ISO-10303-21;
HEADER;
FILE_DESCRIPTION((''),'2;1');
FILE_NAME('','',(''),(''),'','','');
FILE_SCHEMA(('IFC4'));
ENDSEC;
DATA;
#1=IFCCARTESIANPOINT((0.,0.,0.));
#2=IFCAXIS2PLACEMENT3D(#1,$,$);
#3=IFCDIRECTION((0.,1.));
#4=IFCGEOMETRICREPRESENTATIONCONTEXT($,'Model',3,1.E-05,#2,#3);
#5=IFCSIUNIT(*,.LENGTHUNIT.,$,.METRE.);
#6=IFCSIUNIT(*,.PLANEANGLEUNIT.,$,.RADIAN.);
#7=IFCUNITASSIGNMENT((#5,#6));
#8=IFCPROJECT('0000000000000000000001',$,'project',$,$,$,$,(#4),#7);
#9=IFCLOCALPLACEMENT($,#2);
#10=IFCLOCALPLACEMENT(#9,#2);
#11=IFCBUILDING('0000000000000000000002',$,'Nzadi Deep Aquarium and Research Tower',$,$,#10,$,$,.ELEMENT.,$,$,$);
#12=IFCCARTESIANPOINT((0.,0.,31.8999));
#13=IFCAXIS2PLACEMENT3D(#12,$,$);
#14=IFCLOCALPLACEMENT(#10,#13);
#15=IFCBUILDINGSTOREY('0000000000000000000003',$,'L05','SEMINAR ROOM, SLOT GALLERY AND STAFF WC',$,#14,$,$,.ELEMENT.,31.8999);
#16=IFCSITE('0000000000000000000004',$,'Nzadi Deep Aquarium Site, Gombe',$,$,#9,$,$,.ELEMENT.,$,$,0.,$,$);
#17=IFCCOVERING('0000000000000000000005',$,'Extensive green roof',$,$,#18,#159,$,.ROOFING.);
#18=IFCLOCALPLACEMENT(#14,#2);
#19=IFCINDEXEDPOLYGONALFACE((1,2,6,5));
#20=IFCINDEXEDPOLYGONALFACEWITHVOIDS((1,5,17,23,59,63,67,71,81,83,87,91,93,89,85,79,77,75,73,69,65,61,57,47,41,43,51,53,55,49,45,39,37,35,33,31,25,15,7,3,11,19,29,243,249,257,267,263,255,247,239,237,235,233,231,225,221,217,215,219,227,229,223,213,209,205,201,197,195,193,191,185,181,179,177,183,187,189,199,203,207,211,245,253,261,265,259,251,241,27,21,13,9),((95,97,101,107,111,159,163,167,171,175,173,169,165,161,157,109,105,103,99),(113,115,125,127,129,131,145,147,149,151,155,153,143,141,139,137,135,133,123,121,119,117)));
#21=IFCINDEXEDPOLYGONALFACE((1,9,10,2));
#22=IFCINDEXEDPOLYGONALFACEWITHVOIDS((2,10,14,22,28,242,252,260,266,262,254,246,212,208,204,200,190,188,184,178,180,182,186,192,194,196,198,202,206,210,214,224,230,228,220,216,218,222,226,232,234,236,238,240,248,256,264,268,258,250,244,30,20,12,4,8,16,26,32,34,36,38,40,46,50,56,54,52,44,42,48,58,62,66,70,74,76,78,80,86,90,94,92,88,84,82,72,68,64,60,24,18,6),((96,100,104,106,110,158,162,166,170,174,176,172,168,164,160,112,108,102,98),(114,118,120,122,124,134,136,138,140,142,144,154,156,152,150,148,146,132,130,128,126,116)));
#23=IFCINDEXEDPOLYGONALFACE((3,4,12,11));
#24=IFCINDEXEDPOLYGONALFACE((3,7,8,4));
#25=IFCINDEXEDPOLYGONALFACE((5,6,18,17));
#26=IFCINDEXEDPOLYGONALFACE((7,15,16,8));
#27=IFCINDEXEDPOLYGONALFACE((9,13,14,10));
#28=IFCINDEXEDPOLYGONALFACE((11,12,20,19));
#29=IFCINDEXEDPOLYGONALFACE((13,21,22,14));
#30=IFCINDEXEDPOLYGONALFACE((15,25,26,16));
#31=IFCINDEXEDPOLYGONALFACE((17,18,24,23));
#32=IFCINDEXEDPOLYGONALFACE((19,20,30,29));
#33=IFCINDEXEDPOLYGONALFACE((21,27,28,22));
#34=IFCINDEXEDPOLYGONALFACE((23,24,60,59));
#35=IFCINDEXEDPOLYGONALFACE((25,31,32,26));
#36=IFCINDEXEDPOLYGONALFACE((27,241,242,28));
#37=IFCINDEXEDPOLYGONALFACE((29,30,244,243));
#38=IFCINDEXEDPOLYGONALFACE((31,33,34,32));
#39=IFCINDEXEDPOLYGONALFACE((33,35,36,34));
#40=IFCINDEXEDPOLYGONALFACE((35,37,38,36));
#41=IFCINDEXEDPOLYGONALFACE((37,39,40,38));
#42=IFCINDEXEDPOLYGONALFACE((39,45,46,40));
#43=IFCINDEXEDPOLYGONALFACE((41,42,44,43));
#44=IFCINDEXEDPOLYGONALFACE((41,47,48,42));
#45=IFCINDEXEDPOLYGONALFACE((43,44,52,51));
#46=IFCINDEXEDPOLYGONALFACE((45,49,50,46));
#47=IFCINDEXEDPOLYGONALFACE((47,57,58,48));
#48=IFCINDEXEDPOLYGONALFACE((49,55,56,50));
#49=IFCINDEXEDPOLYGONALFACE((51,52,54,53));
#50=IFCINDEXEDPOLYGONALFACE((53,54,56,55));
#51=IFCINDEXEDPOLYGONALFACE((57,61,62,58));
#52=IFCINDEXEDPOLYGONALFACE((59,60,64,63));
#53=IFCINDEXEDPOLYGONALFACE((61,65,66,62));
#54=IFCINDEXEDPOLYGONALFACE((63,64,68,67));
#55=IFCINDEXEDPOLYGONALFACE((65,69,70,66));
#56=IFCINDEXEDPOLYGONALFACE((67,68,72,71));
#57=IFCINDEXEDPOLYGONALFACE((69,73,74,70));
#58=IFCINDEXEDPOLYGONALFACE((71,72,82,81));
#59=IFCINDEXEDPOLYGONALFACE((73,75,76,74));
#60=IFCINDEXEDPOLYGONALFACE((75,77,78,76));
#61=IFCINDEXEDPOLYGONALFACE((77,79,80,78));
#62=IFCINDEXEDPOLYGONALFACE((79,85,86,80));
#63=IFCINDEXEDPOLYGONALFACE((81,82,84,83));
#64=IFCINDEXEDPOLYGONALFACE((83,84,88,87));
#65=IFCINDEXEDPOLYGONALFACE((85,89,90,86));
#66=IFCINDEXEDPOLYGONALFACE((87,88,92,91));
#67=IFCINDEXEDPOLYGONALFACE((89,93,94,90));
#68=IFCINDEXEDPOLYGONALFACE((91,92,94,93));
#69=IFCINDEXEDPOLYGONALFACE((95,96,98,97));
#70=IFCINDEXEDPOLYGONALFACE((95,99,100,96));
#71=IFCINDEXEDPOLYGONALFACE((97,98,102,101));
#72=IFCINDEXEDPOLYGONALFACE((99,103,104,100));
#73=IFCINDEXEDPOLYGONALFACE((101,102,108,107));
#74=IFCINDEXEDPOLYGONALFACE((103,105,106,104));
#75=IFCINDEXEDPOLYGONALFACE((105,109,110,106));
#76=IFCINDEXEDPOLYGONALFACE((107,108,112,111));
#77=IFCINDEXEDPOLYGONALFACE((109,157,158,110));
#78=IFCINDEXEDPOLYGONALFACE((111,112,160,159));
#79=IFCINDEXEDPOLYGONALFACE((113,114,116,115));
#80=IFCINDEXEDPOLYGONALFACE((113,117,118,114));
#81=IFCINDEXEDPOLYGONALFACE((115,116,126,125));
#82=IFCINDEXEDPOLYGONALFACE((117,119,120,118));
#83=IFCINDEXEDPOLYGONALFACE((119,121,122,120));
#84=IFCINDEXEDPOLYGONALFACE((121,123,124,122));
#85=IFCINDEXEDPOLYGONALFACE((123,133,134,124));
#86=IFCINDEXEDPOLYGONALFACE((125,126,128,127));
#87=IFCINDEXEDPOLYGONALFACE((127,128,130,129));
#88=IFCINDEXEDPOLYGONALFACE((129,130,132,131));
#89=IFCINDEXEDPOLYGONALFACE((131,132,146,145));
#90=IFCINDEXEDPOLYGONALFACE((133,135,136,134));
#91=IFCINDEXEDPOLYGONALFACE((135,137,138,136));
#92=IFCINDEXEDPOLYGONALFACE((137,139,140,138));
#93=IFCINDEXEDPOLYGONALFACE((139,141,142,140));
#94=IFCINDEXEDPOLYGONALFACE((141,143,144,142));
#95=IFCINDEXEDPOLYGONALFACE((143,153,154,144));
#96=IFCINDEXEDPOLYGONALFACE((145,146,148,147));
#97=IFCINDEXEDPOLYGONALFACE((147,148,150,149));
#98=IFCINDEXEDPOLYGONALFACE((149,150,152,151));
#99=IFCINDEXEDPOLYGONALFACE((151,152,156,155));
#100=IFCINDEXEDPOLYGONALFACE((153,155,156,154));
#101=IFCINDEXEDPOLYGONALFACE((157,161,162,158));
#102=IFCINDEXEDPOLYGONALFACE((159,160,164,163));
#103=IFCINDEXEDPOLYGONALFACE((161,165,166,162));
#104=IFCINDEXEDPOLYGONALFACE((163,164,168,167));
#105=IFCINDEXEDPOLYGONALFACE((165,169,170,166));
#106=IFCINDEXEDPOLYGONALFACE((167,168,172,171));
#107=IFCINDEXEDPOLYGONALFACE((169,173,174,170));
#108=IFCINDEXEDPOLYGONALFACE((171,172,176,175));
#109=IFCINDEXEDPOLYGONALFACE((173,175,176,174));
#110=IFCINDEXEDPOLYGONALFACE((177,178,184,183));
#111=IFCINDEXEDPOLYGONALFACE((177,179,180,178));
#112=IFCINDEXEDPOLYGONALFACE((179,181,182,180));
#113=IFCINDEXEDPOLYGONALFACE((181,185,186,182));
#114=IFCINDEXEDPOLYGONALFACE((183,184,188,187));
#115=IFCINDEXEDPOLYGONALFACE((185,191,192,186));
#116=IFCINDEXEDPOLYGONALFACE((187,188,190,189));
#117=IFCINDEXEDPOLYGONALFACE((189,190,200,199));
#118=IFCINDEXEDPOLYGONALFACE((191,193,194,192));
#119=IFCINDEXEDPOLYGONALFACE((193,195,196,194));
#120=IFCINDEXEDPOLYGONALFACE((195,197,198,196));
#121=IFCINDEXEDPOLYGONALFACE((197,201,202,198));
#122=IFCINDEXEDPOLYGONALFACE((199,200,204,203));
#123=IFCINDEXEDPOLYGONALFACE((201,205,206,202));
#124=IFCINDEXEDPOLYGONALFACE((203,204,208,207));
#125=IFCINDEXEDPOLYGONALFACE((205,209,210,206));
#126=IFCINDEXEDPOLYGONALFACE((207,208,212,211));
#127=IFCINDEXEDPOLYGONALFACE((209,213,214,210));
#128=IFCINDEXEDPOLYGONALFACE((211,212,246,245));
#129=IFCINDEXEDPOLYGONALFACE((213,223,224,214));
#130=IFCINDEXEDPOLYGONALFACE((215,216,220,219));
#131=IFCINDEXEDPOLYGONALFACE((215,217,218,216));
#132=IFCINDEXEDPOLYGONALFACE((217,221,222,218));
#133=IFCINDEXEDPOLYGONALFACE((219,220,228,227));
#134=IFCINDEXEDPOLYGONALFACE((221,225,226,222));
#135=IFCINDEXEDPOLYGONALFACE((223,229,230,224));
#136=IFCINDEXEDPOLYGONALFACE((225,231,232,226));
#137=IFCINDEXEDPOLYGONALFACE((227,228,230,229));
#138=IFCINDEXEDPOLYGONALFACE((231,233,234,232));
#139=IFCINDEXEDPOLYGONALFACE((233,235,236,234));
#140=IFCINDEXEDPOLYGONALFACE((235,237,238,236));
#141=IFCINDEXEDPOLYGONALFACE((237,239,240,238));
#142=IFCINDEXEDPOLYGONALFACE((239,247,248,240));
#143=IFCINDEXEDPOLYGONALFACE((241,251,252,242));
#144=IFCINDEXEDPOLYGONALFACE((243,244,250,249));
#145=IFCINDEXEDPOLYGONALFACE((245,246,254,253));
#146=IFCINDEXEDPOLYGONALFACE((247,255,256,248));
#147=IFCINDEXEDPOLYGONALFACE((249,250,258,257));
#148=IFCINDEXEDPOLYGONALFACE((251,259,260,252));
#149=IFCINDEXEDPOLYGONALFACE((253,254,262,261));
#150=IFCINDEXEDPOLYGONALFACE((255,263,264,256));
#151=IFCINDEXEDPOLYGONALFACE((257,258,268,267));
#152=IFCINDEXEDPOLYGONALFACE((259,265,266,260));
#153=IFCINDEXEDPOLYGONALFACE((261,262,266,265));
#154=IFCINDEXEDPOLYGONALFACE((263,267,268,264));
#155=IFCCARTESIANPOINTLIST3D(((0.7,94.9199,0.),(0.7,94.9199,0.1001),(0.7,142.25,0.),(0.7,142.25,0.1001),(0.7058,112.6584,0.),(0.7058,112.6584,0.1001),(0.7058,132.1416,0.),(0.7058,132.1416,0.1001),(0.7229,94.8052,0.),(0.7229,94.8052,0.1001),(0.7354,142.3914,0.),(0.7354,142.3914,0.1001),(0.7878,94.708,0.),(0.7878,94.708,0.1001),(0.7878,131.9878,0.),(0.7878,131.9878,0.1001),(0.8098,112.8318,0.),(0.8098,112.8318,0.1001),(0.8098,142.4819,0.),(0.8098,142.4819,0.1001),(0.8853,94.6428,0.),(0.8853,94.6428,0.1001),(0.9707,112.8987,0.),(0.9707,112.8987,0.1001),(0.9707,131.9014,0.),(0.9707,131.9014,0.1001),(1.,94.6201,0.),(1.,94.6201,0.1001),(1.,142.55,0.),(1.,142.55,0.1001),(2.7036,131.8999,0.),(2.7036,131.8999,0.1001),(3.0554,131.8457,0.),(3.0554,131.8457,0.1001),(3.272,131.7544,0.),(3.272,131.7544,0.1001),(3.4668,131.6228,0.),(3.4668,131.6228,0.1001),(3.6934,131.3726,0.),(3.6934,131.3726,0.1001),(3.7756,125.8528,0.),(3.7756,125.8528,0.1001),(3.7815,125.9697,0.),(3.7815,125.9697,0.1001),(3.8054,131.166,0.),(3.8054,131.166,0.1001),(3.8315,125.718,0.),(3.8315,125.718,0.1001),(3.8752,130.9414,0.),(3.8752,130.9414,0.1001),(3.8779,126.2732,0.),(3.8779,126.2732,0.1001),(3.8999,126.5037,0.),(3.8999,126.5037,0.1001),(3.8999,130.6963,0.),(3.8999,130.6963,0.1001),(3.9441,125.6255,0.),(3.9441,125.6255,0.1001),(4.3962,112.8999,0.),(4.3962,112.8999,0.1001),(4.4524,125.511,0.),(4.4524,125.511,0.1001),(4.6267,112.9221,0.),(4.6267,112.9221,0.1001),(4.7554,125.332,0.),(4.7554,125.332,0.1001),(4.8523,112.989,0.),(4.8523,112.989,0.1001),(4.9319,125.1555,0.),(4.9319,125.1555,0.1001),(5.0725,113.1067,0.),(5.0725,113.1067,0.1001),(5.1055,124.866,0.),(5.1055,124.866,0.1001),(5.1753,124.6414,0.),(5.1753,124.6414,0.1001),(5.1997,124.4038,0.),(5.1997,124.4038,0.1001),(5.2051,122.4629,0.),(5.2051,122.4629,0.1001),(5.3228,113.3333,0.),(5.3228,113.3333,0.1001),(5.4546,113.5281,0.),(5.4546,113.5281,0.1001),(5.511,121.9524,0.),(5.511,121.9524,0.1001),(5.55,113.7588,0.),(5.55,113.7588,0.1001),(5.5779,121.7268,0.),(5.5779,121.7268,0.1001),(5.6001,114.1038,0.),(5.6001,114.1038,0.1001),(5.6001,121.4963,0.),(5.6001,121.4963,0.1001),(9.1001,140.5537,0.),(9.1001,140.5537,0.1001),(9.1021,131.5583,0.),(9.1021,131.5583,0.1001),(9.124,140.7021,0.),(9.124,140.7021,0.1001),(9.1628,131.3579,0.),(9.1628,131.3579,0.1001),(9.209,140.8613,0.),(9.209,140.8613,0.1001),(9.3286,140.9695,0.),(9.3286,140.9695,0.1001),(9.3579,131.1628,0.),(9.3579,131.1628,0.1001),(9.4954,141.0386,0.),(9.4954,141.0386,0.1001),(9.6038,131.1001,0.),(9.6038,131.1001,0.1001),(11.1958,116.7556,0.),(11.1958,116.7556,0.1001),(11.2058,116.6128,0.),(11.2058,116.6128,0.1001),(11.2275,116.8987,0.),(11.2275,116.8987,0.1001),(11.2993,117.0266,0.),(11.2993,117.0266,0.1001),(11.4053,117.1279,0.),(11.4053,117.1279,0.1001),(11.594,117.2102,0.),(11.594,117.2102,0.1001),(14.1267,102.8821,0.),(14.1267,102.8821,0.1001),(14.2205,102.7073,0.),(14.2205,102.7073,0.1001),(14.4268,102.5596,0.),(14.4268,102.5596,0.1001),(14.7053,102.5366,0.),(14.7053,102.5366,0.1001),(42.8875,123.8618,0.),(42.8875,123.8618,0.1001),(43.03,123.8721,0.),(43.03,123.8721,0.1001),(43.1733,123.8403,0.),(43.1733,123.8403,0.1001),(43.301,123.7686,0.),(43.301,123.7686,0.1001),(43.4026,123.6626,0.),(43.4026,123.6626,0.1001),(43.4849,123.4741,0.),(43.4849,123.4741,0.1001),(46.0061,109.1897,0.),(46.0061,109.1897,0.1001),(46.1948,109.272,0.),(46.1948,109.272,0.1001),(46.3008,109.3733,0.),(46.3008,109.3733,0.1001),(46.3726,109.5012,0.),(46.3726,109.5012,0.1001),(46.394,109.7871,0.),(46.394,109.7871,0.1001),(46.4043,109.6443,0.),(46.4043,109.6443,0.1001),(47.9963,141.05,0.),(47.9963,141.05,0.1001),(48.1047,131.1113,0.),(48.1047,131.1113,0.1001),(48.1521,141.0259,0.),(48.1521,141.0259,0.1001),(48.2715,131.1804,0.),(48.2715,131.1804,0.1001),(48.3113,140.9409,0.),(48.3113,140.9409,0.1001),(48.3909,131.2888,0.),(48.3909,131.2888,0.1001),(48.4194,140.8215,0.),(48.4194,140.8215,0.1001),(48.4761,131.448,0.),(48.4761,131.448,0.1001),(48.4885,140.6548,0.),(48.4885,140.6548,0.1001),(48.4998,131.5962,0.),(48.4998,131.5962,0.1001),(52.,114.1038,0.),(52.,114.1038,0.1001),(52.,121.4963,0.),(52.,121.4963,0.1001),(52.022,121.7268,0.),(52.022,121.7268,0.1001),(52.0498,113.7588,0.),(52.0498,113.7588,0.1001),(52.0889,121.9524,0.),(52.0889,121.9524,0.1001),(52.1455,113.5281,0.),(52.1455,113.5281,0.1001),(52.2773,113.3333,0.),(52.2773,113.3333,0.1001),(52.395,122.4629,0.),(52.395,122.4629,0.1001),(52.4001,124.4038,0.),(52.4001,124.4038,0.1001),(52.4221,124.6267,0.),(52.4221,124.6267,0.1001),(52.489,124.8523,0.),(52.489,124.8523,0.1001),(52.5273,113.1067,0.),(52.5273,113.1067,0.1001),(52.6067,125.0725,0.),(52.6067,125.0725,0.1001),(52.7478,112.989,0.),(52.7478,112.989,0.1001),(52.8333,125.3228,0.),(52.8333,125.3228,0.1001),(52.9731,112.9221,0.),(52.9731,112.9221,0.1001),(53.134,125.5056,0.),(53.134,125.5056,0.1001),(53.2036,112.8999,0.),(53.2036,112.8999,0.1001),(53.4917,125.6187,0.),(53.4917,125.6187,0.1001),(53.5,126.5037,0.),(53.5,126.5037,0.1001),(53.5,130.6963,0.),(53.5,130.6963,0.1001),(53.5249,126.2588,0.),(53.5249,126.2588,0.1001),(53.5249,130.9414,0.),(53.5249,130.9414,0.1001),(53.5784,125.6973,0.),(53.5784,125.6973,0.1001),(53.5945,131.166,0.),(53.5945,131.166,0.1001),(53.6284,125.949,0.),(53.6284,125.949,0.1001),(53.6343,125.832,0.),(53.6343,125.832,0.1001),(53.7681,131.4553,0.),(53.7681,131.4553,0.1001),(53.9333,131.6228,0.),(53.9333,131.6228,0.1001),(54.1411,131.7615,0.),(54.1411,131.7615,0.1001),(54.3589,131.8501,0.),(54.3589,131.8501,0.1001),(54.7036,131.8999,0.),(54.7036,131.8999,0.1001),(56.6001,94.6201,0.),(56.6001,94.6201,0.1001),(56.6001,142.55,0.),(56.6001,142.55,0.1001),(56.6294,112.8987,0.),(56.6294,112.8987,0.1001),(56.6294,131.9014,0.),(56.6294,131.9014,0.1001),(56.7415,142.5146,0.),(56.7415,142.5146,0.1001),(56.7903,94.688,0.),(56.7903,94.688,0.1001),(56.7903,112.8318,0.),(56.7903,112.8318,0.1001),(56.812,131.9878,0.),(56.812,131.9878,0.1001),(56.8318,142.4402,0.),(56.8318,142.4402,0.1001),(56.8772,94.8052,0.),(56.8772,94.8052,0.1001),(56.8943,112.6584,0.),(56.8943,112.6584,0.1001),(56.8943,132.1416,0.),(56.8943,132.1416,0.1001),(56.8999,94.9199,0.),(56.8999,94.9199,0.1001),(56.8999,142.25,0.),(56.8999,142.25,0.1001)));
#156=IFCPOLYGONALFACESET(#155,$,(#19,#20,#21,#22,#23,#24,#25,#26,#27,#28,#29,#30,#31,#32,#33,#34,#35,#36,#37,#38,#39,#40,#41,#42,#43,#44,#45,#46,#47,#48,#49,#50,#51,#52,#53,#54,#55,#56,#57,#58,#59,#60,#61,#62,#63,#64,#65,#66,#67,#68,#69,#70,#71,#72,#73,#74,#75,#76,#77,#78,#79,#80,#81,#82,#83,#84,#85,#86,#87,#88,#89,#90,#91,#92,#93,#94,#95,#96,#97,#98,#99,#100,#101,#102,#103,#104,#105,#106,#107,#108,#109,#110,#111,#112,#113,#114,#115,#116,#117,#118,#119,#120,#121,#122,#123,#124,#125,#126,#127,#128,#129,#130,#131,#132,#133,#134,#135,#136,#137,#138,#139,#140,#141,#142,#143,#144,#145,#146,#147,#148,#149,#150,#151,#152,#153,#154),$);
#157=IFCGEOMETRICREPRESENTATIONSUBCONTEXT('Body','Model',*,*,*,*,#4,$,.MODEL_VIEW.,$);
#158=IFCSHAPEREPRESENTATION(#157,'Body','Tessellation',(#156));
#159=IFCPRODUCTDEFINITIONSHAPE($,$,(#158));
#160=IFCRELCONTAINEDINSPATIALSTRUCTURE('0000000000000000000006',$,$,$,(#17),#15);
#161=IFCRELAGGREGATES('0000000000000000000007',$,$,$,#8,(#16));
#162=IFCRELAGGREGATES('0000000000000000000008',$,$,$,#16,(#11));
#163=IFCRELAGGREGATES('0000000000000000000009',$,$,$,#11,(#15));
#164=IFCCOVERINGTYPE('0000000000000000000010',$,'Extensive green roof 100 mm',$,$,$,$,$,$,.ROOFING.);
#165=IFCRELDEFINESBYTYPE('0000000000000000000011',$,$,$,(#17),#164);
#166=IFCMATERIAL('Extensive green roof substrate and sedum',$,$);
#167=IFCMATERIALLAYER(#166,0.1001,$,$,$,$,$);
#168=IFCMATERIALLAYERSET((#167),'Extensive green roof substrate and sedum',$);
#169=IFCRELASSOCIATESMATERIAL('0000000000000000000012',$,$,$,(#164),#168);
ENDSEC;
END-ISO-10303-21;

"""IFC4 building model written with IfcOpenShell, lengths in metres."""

from ifc_helpers import new_model, si_unit, direction, frame, origin, place, context, subcontext, project, spatial, polyline, outline, extrude, material, layer, layer_set, type_object, element, save


model = new_model("IFC4")

# Units and contexts
model_context = context("Model", 3, precision=1e-05, world=origin(), true_north=direction((0.0, 1.0)))
body_context = subcontext(model_context, "Body", "Model", "MODEL_VIEW")
ifc_project = project(units=[si_unit("LENGTHUNIT", "METRE"), si_unit("PLANEANGLEUNIT", "RADIAN")], contexts=[model_context])

# Site, building, storey
site_placement = place(None, origin())
site = spatial("IfcSite", under=ifc_project, at=site_placement, Name="Nzadi Deep Aquarium Site, Gombe", CompositionType="ELEMENT", RefElevation=0.0)
building_placement = place(site_placement, origin())
building = spatial("IfcBuilding", under=site, at=building_placement, Name="Nzadi Deep Aquarium and Research Tower", CompositionType="ELEMENT")
storey_placement = place(building_placement, frame((0.0, 0.0, 31.8999)))
storey = spatial("IfcBuildingStorey", under=building, at=storey_placement, Name="L05", Description="SEMINAR ROOM, SLOT GALLERY AND STAFF WC", CompositionType="ELEMENT", Elevation=31.8999)

# Covering
ifc_material_1 = material(Name="Extensive green roof substrate and sedum")
ifc_layer_1 = layer(ifc_material_1, 0.1001)
ifc_layer_set_1 = layer_set([ifc_layer_1], Name="Extensive green roof substrate and sedum")
covering_type = type_object("IfcCoveringType", Name="Extensive green roof 100 mm", PredefinedType="ROOFING", material=ifc_layer_set_1)
covering_1_placement = place(storey_placement, origin())
element("IfcCovering", 1, at=covering_1_placement, inside=storey, type_object=covering_type, Name="Extensive green roof", PredefinedType="ROOFING", context=body_context, shape_type="SweptSolid", body=[
    extrude(outline(polyline([(1.0, 94.6201), (0.8853, 94.6428), (0.7878, 94.708), (0.7229, 94.8052), (0.7, 94.9199), (0.7058, 112.6584), (0.8098, 112.8318), (0.9707, 112.8987), (4.3962, 112.8999), (4.6267, 112.9221), (4.8523, 112.989), (5.0725, 113.1067), (5.3228, 113.3333), (5.4546, 113.5281), (5.55, 113.7588), (5.6001, 114.1038), (5.6001, 121.4963), (5.5779, 121.7268), (5.511, 121.9524), (5.2051, 122.4629), (5.1997, 124.4038), (5.1753, 124.6414), (5.1055, 124.866), (4.9319, 125.1555), (4.7554, 125.332), (4.4524, 125.511), (3.9441, 125.6255), (3.8315, 125.718), (3.7756, 125.8528), (3.7815, 125.9697), (3.8779, 126.2732), (3.8999, 126.5037), (3.8999, 130.6963), (3.8752, 130.9414), (3.8054, 131.166), (3.6934, 131.3726), (3.4668, 131.6228), (3.272, 131.7544), (3.0554, 131.8457), (2.7036, 131.8999), (0.9707, 131.9014), (0.7878, 131.9878), (0.7058, 132.1416), (0.7, 142.25), (0.7354, 142.3914), (0.8098, 142.4819), (1.0, 142.55), (56.6001, 142.55), (56.7415, 142.5146), (56.8318, 142.4402), (56.8999, 142.25), (56.8943, 132.1416), (56.812, 131.9878), (56.6294, 131.9014), (54.7036, 131.8999), (54.3589, 131.8501), (54.1411, 131.7615), (53.9333, 131.6228), (53.7681, 131.4553), (53.5945, 131.166), (53.5249, 130.9414), (53.5, 130.6963), (53.5, 126.5037), (53.5249, 126.2588), (53.6284, 125.949), (53.6343, 125.832), (53.5784, 125.6973), (53.4917, 125.6187), (53.134, 125.5056), (52.8333, 125.3228), (52.6067, 125.0725), (52.489, 124.8523), (52.4221, 124.6267), (52.4001, 124.4038), (52.395, 122.4629), (52.0889, 121.9524), (52.022, 121.7268), (52.0, 121.4963), (52.0, 114.1038), (52.0498, 113.7588), (52.1455, 113.5281), (52.2773, 113.3333), (52.5273, 113.1067), (52.7478, 112.989), (52.9731, 112.9221), (53.2036, 112.8999), (56.6294, 112.8987), (56.7903, 112.8318), (56.8943, 112.6584), (56.8999, 94.9199), (56.8772, 94.8052), (56.7903, 94.688), (56.6001, 94.6201), (1.0, 94.6201)]), holes=[polyline([(9.1001, 140.5537), (9.1021, 131.5583), (9.1628, 131.3579), (9.3579, 131.1628), (9.6038, 131.1001), (48.1047, 131.1113), (48.2715, 131.1804), (48.3909, 131.2888), (48.4761, 131.448), (48.4998, 131.5962), (48.4885, 140.6548), (48.4194, 140.8215), (48.3113, 140.9409), (48.1521, 141.0259), (47.9963, 141.05), (9.4954, 141.0386), (9.3286, 140.9695), (9.209, 140.8613), (9.124, 140.7021), (9.1001, 140.5537)]), polyline([(11.2058, 116.6128), (14.1267, 102.8821), (14.2205, 102.7073), (14.4268, 102.5596), (14.7053, 102.5366), (46.0061, 109.1897), (46.1948, 109.272), (46.3008, 109.3733), (46.3726, 109.5012), (46.4043, 109.6443), (46.394, 109.7871), (43.4849, 123.4741), (43.4026, 123.6626), (43.301, 123.7686), (43.1733, 123.8403), (43.03, 123.8721), (42.8875, 123.8618), (11.594, 117.2102), (11.4053, 117.1279), (11.2993, 117.0266), (11.2275, 116.8987), (11.1958, 116.7556), (11.2058, 116.6128)])]), origin(), (0.0, 0.0, 1.0), 0.1001),
])

save(model, "model.ifc")
